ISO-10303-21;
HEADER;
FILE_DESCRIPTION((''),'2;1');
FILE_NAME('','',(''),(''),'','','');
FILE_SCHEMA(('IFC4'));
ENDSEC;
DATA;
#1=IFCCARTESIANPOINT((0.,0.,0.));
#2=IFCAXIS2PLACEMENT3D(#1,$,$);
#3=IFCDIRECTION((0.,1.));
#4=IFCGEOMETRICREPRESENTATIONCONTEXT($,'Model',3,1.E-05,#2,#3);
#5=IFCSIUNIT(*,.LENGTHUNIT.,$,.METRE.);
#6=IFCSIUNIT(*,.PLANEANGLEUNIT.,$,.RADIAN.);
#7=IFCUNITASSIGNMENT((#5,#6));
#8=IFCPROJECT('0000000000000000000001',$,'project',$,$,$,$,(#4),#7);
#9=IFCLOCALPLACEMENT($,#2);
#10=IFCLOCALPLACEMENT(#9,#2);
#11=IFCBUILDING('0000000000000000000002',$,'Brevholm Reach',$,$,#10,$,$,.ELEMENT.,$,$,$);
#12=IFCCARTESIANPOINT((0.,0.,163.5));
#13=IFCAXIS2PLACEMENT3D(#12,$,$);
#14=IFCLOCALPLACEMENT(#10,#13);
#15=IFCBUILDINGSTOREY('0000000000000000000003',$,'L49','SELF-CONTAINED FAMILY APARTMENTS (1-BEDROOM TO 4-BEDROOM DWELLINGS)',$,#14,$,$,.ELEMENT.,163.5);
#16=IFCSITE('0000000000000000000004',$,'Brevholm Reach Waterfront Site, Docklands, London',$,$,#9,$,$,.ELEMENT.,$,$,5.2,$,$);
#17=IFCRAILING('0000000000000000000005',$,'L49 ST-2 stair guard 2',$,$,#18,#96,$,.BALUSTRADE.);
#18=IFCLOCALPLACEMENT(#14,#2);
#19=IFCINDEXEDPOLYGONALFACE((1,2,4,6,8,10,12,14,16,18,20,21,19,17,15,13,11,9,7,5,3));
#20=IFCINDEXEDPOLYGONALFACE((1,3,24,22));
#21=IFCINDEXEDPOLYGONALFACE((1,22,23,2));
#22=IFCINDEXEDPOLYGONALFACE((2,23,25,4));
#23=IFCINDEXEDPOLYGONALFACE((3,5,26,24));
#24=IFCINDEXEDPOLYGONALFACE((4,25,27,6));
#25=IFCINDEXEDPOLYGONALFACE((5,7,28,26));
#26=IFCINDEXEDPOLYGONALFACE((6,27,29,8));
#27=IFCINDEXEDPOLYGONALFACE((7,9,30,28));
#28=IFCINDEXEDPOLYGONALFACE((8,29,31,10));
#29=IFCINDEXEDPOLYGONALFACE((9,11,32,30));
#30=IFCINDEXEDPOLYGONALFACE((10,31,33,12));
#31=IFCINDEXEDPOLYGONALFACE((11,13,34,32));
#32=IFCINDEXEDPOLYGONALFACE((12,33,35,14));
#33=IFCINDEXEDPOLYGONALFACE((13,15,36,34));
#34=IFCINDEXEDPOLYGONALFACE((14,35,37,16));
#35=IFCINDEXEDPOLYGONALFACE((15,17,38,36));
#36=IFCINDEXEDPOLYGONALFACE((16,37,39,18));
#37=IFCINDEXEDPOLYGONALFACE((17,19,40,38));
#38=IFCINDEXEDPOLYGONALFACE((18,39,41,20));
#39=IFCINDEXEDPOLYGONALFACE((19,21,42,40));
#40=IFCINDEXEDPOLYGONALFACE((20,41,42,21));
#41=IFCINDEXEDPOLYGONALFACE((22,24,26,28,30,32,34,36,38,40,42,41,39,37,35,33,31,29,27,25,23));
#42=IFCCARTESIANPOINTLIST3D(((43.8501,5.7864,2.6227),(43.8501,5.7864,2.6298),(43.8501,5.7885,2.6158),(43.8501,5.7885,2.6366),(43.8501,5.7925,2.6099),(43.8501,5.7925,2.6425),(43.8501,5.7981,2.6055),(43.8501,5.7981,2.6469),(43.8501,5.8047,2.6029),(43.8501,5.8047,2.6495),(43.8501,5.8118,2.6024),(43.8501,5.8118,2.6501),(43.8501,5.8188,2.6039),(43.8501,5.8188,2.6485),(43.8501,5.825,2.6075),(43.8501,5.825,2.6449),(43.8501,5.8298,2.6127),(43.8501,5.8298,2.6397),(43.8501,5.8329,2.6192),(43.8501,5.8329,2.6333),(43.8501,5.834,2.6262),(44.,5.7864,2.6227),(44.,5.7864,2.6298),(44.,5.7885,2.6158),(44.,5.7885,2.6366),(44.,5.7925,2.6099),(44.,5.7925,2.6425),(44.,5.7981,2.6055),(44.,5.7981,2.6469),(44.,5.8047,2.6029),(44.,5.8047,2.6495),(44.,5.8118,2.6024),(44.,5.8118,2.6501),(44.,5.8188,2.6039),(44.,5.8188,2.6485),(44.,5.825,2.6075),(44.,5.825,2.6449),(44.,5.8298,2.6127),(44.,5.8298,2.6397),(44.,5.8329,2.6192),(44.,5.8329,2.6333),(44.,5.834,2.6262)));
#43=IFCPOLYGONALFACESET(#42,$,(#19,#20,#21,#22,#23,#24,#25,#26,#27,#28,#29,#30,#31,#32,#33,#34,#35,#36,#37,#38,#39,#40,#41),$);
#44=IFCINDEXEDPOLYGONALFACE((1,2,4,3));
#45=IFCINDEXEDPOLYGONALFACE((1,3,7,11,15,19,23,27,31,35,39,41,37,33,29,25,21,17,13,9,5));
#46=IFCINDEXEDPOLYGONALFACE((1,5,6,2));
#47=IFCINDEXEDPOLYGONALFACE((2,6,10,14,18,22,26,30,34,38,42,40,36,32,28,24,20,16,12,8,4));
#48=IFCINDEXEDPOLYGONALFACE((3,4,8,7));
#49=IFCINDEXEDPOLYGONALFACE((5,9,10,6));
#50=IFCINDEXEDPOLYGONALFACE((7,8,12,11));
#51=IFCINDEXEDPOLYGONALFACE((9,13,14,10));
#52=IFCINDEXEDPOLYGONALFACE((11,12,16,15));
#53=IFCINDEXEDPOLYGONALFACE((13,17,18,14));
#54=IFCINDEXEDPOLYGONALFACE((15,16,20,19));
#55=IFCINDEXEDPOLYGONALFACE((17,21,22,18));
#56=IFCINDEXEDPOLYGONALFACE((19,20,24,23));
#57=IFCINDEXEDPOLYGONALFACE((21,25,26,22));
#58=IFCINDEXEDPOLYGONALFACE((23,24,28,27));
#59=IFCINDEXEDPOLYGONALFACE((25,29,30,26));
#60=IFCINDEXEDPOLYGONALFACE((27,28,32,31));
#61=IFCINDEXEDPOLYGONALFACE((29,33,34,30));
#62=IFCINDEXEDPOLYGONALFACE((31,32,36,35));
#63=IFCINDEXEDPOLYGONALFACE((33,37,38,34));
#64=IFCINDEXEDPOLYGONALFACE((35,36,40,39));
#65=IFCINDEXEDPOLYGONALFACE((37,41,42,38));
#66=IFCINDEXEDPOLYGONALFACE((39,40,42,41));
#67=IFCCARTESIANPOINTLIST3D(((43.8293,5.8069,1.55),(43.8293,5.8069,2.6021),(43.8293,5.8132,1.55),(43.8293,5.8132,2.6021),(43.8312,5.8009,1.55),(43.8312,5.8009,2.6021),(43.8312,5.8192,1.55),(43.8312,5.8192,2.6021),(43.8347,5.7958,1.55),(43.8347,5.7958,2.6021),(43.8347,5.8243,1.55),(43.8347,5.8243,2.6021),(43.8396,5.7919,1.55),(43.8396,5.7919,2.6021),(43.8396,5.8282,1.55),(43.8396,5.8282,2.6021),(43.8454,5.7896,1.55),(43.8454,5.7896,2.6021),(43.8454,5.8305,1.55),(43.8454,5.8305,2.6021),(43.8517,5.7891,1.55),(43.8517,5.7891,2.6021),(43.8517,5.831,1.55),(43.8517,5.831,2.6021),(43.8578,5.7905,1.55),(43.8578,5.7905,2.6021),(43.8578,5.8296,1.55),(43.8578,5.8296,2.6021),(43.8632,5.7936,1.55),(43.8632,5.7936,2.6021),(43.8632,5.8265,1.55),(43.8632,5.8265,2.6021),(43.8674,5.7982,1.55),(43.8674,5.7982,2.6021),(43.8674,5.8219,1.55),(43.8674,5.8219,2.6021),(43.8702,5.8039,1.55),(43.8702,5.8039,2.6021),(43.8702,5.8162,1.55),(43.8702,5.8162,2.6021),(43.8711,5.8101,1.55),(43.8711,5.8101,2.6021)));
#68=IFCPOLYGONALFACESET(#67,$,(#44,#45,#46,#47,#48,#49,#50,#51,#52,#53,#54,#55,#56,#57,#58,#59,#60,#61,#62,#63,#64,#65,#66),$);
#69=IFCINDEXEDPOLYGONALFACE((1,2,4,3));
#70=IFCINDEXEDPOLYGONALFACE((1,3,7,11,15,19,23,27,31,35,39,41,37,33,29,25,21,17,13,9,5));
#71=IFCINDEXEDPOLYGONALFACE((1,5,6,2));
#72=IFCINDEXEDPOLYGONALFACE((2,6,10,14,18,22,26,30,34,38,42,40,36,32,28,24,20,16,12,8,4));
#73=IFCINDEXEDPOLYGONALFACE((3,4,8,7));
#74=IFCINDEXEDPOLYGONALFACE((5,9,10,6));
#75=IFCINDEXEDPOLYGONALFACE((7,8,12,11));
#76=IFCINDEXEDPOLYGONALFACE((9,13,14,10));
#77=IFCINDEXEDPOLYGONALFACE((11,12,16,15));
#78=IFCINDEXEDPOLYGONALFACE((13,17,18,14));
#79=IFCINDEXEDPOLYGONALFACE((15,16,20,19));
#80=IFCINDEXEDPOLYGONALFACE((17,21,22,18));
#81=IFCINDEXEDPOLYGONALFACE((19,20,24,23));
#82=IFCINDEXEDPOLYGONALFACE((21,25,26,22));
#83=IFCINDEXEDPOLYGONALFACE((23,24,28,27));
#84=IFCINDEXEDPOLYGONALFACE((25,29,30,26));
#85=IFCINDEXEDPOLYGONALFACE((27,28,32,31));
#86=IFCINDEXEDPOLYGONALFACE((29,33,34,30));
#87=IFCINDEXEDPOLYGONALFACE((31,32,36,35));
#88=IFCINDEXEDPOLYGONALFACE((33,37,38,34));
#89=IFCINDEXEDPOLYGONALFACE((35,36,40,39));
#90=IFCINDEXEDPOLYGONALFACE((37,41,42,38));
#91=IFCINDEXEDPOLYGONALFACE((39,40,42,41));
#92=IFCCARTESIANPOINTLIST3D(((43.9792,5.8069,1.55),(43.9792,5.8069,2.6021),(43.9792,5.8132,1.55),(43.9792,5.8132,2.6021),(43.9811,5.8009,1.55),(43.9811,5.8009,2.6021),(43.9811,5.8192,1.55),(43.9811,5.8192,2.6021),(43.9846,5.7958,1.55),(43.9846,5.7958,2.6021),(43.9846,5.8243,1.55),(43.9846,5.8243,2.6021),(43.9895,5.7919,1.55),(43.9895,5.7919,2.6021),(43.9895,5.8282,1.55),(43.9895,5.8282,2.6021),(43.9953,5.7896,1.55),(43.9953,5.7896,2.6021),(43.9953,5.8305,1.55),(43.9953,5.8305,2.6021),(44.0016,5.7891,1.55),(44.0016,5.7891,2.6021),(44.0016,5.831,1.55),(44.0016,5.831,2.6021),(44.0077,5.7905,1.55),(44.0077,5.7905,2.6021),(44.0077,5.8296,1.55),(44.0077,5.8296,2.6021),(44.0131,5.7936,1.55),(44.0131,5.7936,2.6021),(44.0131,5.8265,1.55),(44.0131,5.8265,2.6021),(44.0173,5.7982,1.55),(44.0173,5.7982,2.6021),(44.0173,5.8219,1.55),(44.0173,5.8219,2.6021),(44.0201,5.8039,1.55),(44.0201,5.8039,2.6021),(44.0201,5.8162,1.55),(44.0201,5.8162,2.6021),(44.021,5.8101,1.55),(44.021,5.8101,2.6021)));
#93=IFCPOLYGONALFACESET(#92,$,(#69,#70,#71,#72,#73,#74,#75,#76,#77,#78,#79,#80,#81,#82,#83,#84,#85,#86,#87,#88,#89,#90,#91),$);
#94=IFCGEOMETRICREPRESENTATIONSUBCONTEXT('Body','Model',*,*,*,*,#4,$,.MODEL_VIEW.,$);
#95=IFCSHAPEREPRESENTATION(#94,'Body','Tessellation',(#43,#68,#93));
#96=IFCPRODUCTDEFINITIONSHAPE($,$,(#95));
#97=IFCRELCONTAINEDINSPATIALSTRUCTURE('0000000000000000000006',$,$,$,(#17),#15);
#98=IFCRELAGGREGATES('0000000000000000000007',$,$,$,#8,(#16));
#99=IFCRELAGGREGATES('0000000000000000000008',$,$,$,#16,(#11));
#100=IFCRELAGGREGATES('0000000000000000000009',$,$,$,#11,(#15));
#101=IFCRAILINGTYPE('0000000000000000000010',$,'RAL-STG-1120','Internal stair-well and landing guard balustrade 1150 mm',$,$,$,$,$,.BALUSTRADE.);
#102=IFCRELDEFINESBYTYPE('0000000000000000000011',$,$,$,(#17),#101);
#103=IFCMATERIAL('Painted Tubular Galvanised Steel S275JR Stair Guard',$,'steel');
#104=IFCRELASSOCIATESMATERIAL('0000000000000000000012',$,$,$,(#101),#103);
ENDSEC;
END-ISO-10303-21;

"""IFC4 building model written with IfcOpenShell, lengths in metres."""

from ifc_helpers import new_model, si_unit, direction, frame, origin, origin_2d, place, context, subcontext, project, spatial, circle, extrude, material, type_object, element, save


model = new_model("IFC4")

# Units and contexts
model_context = context("Model", 3, precision=1e-05, world=origin(), true_north=direction((0.0, 1.0)))
body_context = subcontext(model_context, "Body", "Model", "MODEL_VIEW")
ifc_project = project(units=[si_unit("LENGTHUNIT", "METRE"), si_unit("PLANEANGLEUNIT", "RADIAN")], contexts=[model_context])

# Site, building, storey
site_placement = place(None, origin())
site = spatial("IfcSite", under=ifc_project, at=site_placement, Name="Brevholm Reach Waterfront Site, Docklands, London", CompositionType="ELEMENT", RefElevation=5.2)
building_placement = place(site_placement, origin())
building = spatial("IfcBuilding", under=site, at=building_placement, Name="Brevholm Reach", CompositionType="ELEMENT")
storey_placement = place(building_placement, frame((0.0, 0.0, 163.5)))
storey = spatial("IfcBuildingStorey", under=building, at=storey_placement, Name="L49", Description="SELF-CONTAINED FAMILY APARTMENTS (1-BEDROOM TO 4-BEDROOM DWELLINGS)", CompositionType="ELEMENT", Elevation=163.5)

# Railing
ifc_material_1 = material(Name="Painted Tubular Galvanised Steel S275JR Stair Guard", Category="steel")
railing_type_1 = type_object("IfcRailingType", Name="RAL-STG-1120", Description="Internal stair-well and landing guard balustrade 1150 mm", PredefinedType="BALUSTRADE", material=ifc_material_1)
railing_1_placement = place(storey_placement, frame((43.8501, 5.8101, 1.55)))
element("IfcRailing", 1, at=railing_1_placement, inside=storey, type_object=railing_type_1, Name="L49 ST-2 stair guard 2", PredefinedType="BALUSTRADE", context=body_context, shape_type="SweptSolid", body=[
    extrude(circle(Radius=0.0239, at=origin_2d()), frame((0.0, 0.0, 1.0762), z_axis=(1.0, 0.0, 0.0), x_axis=(0.0, 1.0, 0.0)), (0.0, 0.0, 1.0), 0.1499),
    extrude(circle(Radius=0.021, at=origin_2d()), origin(), (0.0, 0.0, 1.0), 1.052),
    extrude(circle(Radius=0.021, at=origin_2d()), frame((0.1499, 0.0, 0.0)), (0.0, 0.0, 1.0), 1.052),
])

save(model, "model.ifc")
